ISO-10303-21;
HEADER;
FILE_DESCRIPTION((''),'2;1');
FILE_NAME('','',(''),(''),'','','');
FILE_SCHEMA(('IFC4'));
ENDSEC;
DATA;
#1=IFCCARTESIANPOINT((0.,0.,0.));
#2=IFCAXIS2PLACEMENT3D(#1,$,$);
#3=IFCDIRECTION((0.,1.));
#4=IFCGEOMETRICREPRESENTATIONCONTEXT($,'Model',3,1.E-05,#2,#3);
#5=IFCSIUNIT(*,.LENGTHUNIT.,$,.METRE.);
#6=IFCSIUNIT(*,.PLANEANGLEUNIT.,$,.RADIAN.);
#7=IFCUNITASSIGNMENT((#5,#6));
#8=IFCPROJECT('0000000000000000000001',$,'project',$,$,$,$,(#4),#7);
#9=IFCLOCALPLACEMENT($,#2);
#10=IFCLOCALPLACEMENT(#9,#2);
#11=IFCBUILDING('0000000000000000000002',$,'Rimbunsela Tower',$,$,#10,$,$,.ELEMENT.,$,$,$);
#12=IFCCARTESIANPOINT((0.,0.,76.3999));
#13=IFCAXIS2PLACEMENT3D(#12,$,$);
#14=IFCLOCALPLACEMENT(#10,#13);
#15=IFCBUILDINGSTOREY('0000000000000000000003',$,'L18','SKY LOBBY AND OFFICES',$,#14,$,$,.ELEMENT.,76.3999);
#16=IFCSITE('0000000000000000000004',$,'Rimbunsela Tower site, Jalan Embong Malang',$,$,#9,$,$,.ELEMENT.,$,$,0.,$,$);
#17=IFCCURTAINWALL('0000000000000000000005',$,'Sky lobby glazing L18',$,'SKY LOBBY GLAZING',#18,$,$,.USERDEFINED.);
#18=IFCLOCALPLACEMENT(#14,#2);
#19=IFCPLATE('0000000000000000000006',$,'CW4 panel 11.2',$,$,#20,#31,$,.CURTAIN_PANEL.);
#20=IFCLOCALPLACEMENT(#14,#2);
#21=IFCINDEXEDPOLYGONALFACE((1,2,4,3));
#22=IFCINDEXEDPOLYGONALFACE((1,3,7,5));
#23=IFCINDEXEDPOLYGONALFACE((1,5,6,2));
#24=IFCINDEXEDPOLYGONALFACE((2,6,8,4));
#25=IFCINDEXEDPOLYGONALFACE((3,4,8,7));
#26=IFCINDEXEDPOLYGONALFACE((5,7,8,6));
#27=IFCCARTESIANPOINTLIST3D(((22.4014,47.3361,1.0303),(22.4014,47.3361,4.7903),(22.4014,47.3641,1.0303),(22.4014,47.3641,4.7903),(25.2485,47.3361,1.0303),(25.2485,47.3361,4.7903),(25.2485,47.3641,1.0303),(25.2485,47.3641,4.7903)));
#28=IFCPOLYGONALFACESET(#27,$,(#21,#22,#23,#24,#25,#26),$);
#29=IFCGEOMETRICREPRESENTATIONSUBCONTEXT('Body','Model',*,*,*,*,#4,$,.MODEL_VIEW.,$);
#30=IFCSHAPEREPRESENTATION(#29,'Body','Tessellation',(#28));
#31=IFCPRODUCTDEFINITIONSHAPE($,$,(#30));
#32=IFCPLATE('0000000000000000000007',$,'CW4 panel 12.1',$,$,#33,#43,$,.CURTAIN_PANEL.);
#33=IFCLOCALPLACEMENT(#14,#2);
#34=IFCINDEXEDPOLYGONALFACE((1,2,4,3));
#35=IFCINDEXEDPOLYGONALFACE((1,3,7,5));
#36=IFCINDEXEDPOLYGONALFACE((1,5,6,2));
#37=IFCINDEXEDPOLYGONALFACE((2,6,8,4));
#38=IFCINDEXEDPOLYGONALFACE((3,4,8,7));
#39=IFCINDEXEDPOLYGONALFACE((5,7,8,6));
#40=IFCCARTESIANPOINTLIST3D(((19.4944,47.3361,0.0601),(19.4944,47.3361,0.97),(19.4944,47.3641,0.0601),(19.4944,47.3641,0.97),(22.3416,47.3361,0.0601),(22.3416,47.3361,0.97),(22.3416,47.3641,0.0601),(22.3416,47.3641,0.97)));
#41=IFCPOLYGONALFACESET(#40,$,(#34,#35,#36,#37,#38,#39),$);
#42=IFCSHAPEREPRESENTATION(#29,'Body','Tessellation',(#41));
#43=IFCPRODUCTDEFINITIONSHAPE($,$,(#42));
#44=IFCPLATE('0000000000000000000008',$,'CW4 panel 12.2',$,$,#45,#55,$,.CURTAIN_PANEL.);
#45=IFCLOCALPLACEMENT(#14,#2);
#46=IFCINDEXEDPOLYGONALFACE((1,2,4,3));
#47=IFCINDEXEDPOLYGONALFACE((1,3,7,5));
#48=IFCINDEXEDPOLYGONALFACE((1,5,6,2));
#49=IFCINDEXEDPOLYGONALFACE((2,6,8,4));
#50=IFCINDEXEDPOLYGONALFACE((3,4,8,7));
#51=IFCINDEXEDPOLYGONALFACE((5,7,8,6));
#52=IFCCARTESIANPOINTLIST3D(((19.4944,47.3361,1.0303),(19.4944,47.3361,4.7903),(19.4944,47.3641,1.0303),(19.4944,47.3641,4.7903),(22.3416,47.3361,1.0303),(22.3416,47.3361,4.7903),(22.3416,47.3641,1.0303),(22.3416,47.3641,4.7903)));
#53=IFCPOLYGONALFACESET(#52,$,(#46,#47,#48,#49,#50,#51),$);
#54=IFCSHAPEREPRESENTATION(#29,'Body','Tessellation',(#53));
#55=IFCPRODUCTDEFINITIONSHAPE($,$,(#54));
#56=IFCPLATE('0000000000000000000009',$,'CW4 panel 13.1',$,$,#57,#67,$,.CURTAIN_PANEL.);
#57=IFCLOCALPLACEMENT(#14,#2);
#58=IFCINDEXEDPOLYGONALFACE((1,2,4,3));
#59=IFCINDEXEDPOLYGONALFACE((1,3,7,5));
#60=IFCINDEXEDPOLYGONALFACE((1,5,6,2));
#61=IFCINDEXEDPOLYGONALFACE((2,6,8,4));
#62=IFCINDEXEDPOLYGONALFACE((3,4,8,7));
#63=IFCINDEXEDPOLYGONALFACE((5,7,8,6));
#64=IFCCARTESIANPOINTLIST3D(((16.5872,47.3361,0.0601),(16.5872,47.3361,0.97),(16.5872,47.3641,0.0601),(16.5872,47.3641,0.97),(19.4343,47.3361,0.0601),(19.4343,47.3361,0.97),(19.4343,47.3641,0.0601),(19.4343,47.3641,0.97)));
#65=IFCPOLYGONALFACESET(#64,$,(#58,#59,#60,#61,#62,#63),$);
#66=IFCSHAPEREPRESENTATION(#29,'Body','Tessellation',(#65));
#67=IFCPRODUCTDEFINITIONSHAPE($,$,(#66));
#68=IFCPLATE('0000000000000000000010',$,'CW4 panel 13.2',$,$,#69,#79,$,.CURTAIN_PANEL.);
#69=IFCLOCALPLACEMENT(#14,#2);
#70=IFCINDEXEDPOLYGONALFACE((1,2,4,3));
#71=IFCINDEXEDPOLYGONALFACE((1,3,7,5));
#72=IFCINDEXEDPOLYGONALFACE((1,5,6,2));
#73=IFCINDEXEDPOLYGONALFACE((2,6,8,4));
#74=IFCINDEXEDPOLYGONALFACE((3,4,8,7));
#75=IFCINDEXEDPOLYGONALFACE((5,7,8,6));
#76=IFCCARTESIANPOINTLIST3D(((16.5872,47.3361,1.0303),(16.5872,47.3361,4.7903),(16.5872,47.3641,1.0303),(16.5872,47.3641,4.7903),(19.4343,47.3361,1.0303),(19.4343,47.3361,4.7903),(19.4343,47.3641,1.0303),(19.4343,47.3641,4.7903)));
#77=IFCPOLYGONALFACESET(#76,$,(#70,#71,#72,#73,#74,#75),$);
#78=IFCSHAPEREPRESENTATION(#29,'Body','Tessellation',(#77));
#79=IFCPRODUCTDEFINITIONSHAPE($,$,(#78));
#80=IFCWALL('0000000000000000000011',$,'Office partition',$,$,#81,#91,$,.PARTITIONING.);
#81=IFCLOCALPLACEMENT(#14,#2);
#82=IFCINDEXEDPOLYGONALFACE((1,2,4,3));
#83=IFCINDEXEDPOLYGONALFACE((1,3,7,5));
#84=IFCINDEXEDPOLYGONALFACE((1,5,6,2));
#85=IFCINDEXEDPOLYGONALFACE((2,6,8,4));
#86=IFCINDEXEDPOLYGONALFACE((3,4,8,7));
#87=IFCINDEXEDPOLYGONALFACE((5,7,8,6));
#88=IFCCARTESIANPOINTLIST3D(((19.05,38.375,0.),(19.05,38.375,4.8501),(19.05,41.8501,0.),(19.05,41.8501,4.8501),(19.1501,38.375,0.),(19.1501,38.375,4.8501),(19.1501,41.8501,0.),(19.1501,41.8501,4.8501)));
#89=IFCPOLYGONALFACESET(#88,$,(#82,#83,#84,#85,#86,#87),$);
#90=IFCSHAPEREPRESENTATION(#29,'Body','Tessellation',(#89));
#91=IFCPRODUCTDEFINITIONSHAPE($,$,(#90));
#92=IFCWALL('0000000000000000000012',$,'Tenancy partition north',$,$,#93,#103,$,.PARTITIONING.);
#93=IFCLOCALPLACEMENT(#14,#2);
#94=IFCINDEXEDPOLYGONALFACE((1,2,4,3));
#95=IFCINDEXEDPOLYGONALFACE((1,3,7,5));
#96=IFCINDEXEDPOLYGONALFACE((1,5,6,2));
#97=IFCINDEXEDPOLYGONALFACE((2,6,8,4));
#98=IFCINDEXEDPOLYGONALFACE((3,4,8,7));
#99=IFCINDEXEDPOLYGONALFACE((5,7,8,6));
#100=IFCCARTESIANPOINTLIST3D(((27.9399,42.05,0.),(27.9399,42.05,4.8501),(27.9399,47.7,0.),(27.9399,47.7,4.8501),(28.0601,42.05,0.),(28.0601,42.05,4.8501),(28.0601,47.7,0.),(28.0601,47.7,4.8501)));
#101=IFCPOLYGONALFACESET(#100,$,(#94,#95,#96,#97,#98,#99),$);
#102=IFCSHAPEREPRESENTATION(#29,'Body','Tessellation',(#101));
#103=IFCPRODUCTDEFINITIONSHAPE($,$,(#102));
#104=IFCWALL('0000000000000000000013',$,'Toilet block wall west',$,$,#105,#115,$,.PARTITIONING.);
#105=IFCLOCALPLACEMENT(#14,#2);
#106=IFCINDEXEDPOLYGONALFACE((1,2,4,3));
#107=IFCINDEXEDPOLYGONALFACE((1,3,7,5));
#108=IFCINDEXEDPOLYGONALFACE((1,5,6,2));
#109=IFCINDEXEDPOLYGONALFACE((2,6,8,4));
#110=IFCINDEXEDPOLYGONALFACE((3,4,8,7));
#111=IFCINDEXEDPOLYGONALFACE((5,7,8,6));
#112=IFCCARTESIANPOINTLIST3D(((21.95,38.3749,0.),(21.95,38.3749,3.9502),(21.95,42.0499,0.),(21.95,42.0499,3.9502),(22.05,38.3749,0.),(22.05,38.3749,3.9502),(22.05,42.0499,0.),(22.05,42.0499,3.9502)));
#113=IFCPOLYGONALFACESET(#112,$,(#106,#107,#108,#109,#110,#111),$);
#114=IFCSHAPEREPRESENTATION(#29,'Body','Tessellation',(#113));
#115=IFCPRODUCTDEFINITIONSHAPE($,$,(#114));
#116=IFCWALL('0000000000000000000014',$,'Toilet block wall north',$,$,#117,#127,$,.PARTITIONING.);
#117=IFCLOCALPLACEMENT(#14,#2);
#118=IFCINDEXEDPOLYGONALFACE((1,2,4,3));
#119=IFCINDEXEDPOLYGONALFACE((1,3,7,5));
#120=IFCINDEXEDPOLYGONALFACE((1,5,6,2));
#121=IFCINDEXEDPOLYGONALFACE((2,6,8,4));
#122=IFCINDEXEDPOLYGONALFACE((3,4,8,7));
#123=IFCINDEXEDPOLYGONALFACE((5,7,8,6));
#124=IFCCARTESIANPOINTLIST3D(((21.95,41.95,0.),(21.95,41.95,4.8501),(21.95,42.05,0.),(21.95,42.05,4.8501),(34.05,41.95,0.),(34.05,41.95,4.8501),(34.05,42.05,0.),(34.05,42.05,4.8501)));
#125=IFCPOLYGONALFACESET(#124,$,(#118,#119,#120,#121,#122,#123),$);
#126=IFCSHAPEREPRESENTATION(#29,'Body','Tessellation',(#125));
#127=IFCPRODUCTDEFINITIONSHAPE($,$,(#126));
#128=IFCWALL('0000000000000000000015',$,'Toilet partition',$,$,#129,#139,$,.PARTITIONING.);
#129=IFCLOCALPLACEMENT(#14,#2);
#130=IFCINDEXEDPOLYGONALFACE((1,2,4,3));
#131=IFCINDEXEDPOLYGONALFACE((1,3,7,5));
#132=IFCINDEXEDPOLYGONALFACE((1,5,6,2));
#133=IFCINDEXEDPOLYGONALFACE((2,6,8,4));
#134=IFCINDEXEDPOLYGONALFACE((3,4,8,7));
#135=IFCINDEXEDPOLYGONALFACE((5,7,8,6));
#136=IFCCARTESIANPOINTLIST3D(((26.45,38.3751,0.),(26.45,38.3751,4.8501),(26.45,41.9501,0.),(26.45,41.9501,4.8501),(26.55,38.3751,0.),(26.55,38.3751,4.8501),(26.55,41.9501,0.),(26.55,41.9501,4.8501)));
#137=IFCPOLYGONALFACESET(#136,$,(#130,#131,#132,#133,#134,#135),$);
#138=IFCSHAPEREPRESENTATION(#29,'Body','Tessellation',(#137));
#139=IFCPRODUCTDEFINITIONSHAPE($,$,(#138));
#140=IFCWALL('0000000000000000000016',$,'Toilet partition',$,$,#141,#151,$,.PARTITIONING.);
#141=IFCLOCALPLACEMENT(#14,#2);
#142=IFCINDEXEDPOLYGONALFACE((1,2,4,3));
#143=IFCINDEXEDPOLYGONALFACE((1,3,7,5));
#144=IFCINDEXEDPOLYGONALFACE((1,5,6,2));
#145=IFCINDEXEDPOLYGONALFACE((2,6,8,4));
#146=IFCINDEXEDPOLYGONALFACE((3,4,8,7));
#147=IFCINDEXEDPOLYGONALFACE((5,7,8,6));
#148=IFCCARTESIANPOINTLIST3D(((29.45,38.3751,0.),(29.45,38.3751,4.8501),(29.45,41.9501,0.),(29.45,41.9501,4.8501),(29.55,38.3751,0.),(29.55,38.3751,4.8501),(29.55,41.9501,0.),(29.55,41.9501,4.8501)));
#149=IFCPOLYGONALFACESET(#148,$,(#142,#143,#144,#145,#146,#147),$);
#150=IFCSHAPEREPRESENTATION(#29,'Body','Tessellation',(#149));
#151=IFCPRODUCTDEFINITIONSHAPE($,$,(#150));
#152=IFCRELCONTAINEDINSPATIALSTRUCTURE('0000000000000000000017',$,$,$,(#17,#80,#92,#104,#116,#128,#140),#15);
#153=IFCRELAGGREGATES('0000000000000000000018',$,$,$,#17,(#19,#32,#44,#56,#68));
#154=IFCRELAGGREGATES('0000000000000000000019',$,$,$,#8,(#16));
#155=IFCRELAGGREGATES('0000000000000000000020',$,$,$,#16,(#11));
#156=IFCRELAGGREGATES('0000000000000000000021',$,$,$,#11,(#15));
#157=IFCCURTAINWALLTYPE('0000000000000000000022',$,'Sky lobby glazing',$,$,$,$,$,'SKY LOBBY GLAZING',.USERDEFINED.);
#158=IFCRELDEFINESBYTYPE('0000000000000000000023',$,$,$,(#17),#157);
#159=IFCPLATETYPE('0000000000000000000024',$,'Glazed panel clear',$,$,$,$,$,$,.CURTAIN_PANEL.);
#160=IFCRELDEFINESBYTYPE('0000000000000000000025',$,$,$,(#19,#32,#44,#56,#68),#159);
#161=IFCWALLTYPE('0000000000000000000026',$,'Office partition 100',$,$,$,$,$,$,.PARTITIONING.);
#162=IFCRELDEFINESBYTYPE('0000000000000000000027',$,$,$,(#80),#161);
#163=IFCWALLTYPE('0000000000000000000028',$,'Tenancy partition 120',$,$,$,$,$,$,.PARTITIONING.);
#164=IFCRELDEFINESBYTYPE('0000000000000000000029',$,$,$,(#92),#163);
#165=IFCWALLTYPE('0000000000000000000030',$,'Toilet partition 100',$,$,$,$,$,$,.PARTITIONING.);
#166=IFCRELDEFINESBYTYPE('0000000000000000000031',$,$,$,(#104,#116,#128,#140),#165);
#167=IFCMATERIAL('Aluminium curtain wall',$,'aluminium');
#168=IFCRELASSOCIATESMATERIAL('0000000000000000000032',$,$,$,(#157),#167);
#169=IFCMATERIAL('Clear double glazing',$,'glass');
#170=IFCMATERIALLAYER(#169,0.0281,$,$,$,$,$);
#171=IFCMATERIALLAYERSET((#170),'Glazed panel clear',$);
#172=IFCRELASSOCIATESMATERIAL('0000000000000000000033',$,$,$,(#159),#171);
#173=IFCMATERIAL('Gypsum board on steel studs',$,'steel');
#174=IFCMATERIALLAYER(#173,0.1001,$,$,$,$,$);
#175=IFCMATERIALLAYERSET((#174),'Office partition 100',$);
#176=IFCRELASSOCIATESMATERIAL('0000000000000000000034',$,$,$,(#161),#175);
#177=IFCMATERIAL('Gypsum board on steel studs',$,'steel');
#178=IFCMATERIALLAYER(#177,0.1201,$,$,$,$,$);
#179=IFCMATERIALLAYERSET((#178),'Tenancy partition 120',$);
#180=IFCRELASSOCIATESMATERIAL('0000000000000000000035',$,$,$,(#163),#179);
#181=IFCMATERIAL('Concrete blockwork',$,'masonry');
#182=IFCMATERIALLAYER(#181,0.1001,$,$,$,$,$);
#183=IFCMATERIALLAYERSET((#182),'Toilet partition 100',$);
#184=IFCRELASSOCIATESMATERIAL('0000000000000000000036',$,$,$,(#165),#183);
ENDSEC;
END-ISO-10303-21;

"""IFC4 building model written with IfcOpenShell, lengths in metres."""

from ifc_helpers import new_model, si_unit, direction, frame, frame_2d, origin, origin_2d, place, context, subcontext, project, spatial, rectangle, extrude, material, layer, layer_set, type_object, element, aggregate, save


model = new_model("IFC4")

# Units and contexts
model_context = context("Model", 3, precision=1e-05, world=origin(), true_north=direction((0.0, 1.0)))
body_context = subcontext(model_context, "Body", "Model", "MODEL_VIEW")
ifc_project = project(units=[si_unit("LENGTHUNIT", "METRE"), si_unit("PLANEANGLEUNIT", "RADIAN")], contexts=[model_context])

# Site, building, storey
site_placement = place(None, origin())
site = spatial("IfcSite", under=ifc_project, at=site_placement, Name="Rimbunsela Tower site, Jalan Embong Malang", CompositionType="ELEMENT", RefElevation=0.0)
building_placement = place(site_placement, origin())
building = spatial("IfcBuilding", under=site, at=building_placement, Name="Rimbunsela Tower", CompositionType="ELEMENT")
storey_placement = place(building_placement, frame((0.0, 0.0, 76.3999)))
storey = spatial("IfcBuildingStorey", under=building, at=storey_placement, Name="L18", Description="SKY LOBBY AND OFFICES", CompositionType="ELEMENT", Elevation=76.3999)

# Curtain wall, plates
ifc_material_1 = material(Name="Aluminium curtain wall", Category="aluminium")
curtain_wall_type = type_object("IfcCurtainWallType", Name="Sky lobby glazing", ElementType="SKY LOBBY GLAZING", PredefinedType="USERDEFINED", material=ifc_material_1)
curtain_wall_placement = place(storey_placement, origin())
curtain_wall = element("IfcCurtainWall", 1, at=curtain_wall_placement, inside=storey, type_object=curtain_wall_type, Name="Sky lobby glazing L18", ObjectType="SKY LOBBY GLAZING", PredefinedType="USERDEFINED")
ifc_material_2 = material(Name="Clear double glazing", Category="glass")
ifc_layer_1 = layer(ifc_material_2, 0.0281)
ifc_layer_set_1 = layer_set([ifc_layer_1], Name="Glazed panel clear")
plate_type = type_object("IfcPlateType", Name="Glazed panel clear", PredefinedType="CURTAIN_PANEL", material=ifc_layer_set_1)
plate_1_placement = place(storey_placement, frame((23.825, 47.3501, 1.0303), z_axis=(0.0, 0.0, 1.0), x_axis=(-1.0, 0.0, 0.0)))
plate_1 = element("IfcPlate", 2, at=plate_1_placement, type_object=plate_type, Name="CW4 panel 11.2", PredefinedType="CURTAIN_PANEL", context=body_context, shape_type="SweptSolid", body=[
    extrude(rectangle(XDim=2.8472, YDim=0.0281, at=origin_2d()), origin(), (0.0, 0.0, 1.0), 3.76),
])
plate_2_placement = place(storey_placement, frame((20.918, 47.3501, 0.0601), z_axis=(0.0, 0.0, 1.0), x_axis=(-1.0, 0.0, 0.0)))
plate_2 = element("IfcPlate", 3, at=plate_2_placement, type_object=plate_type, Name="CW4 panel 12.1", PredefinedType="CURTAIN_PANEL", context=body_context, shape_type="SweptSolid", body=[
    extrude(rectangle(XDim=2.8472, YDim=0.0281, at=origin_2d()), origin(), (0.0, 0.0, 1.0), 0.9099),
])
plate_3_placement = place(storey_placement, frame((20.918, 47.3501, 1.0303), z_axis=(0.0, 0.0, 1.0), x_axis=(-1.0, 0.0, 0.0)))
plate_3 = element("IfcPlate", 4, at=plate_3_placement, type_object=plate_type, Name="CW4 panel 12.2", PredefinedType="CURTAIN_PANEL", context=body_context, shape_type="SweptSolid", body=[
    extrude(rectangle(XDim=2.8472, YDim=0.0281, at=origin_2d()), origin(), (0.0, 0.0, 1.0), 3.76),
])
plate_4_placement = place(storey_placement, frame((18.0107, 47.3501, 0.0601), z_axis=(0.0, 0.0, 1.0), x_axis=(-1.0, 0.0, 0.0)))
plate_4 = element("IfcPlate", 5, at=plate_4_placement, type_object=plate_type, Name="CW4 panel 13.1", PredefinedType="CURTAIN_PANEL", context=body_context, shape_type="SweptSolid", body=[
    extrude(rectangle(XDim=2.8472, YDim=0.0281, at=origin_2d()), origin(), (0.0, 0.0, 1.0), 0.9099),
])
plate_5_placement = place(storey_placement, frame((18.0107, 47.3501, 1.0303), z_axis=(0.0, 0.0, 1.0), x_axis=(-1.0, 0.0, 0.0)))
plate_5 = element("IfcPlate", 6, at=plate_5_placement, type_object=plate_type, Name="CW4 panel 13.2", PredefinedType="CURTAIN_PANEL", context=body_context, shape_type="SweptSolid", body=[
    extrude(rectangle(XDim=2.8472, YDim=0.0281, at=origin_2d()), origin(), (0.0, 0.0, 1.0), 3.76),
])
aggregate(curtain_wall, [plate_1, plate_2, plate_3, plate_4, plate_5])

# Walls
ifc_material_3 = material(Name="Gypsum board on steel studs", Category="steel")
ifc_layer_2 = layer(ifc_material_3, 0.1001)
ifc_layer_set_2 = layer_set([ifc_layer_2], Name="Office partition 100")
wall_type_1 = type_object("IfcWallType", Name="Office partition 100", PredefinedType="PARTITIONING", material=ifc_layer_set_2)
wall_1_placement = place(storey_placement, frame((19.1001, 38.375, 0.0), z_axis=(0.0, 0.0, 1.0), x_axis=(0.0, 1.0, 0.0)))
element("IfcWall", 7, at=wall_1_placement, inside=storey, type_object=wall_type_1, Name="Office partition", PredefinedType="PARTITIONING", context=body_context, shape_type="SweptSolid", body=[
    extrude(rectangle(XDim=3.4751, YDim=0.1001, at=frame_2d((1.7375, 0.0))), origin(), (0.0, 0.0, 1.0), 4.8501),
])
ifc_material_4 = material(Name="Gypsum board on steel studs", Category="steel")
ifc_layer_3 = layer(ifc_material_4, 0.1201)
ifc_layer_set_3 = layer_set([ifc_layer_3], Name="Tenancy partition 120")
wall_type_2 = type_object("IfcWallType", Name="Tenancy partition 120", PredefinedType="PARTITIONING", material=ifc_layer_set_3)
wall_2_placement = place(storey_placement, frame((28.0, 42.05, 0.0), z_axis=(0.0, 0.0, 1.0), x_axis=(0.0, 1.0, 0.0)))
element("IfcWall", 8, at=wall_2_placement, inside=storey, type_object=wall_type_2, Name="Tenancy partition north", PredefinedType="PARTITIONING", context=body_context, shape_type="SweptSolid", body=[
    extrude(rectangle(XDim=5.6499, YDim=0.1201, at=frame_2d((2.825, 0.0))), origin(), (0.0, 0.0, 1.0), 4.8501),
])
ifc_material_5 = material(Name="Concrete blockwork", Category="masonry")
ifc_layer_4 = layer(ifc_material_5, 0.1001)
ifc_layer_set_4 = layer_set([ifc_layer_4], Name="Toilet partition 100")
wall_type_3 = type_object("IfcWallType", Name="Toilet partition 100", PredefinedType="PARTITIONING", material=ifc_layer_set_4)
wall_3_placement = place(storey_placement, frame((22.0, 38.375, 0.0), z_axis=(0.0, 0.0, 1.0), x_axis=(0.0, 1.0, 0.0)))
element("IfcWall", 9, at=wall_3_placement, inside=storey, type_object=wall_type_3, Name="Toilet block wall west", PredefinedType="PARTITIONING", context=body_context, shape_type="SweptSolid", body=[
    extrude(rectangle(XDim=3.675, YDim=0.1001, at=frame_2d((1.8374, 0.0))), origin(), (0.0, 0.0, 1.0), 3.9502),
])
wall_4_placement = place(storey_placement, frame((21.95, 42.0, 0.0), z_axis=(0.0, 0.0, 1.0), x_axis=(1.0, 0.0, 0.0)))
element("IfcWall", 10, at=wall_4_placement, inside=storey, type_object=wall_type_3, Name="Toilet block wall north", PredefinedType="PARTITIONING", context=body_context, shape_type="SweptSolid", body=[
    extrude(rectangle(XDim=12.1001, YDim=0.1001, at=frame_2d((6.05, 0.0))), origin(), (0.0, 0.0, 1.0), 4.8501),
])
for number, where, z_axis, x_axis, name in (
    (11, (26.5, 38.375, 0.0), (0.0, 0.0, 1.0), (0.0, 1.0, 0.0), "Toilet partition"),
    (12, (29.5, 38.375, 0.0), (0.0, 0.0, 1.0), (0.0, 1.0, 0.0), "Toilet partition"),
):
    element("IfcWall", number, at=place(storey_placement, frame(where, z_axis=z_axis, x_axis=x_axis)), inside=storey, type_object=wall_type_3, Name=name, PredefinedType="PARTITIONING", context=body_context, shape_type="SweptSolid", body=[
        extrude(rectangle(XDim=3.575, YDim=0.1001, at=frame_2d((1.7876, 0.0))), origin(), (0.0, 0.0, 1.0), 4.8501),
    ])

save(model, "model.ifc")
